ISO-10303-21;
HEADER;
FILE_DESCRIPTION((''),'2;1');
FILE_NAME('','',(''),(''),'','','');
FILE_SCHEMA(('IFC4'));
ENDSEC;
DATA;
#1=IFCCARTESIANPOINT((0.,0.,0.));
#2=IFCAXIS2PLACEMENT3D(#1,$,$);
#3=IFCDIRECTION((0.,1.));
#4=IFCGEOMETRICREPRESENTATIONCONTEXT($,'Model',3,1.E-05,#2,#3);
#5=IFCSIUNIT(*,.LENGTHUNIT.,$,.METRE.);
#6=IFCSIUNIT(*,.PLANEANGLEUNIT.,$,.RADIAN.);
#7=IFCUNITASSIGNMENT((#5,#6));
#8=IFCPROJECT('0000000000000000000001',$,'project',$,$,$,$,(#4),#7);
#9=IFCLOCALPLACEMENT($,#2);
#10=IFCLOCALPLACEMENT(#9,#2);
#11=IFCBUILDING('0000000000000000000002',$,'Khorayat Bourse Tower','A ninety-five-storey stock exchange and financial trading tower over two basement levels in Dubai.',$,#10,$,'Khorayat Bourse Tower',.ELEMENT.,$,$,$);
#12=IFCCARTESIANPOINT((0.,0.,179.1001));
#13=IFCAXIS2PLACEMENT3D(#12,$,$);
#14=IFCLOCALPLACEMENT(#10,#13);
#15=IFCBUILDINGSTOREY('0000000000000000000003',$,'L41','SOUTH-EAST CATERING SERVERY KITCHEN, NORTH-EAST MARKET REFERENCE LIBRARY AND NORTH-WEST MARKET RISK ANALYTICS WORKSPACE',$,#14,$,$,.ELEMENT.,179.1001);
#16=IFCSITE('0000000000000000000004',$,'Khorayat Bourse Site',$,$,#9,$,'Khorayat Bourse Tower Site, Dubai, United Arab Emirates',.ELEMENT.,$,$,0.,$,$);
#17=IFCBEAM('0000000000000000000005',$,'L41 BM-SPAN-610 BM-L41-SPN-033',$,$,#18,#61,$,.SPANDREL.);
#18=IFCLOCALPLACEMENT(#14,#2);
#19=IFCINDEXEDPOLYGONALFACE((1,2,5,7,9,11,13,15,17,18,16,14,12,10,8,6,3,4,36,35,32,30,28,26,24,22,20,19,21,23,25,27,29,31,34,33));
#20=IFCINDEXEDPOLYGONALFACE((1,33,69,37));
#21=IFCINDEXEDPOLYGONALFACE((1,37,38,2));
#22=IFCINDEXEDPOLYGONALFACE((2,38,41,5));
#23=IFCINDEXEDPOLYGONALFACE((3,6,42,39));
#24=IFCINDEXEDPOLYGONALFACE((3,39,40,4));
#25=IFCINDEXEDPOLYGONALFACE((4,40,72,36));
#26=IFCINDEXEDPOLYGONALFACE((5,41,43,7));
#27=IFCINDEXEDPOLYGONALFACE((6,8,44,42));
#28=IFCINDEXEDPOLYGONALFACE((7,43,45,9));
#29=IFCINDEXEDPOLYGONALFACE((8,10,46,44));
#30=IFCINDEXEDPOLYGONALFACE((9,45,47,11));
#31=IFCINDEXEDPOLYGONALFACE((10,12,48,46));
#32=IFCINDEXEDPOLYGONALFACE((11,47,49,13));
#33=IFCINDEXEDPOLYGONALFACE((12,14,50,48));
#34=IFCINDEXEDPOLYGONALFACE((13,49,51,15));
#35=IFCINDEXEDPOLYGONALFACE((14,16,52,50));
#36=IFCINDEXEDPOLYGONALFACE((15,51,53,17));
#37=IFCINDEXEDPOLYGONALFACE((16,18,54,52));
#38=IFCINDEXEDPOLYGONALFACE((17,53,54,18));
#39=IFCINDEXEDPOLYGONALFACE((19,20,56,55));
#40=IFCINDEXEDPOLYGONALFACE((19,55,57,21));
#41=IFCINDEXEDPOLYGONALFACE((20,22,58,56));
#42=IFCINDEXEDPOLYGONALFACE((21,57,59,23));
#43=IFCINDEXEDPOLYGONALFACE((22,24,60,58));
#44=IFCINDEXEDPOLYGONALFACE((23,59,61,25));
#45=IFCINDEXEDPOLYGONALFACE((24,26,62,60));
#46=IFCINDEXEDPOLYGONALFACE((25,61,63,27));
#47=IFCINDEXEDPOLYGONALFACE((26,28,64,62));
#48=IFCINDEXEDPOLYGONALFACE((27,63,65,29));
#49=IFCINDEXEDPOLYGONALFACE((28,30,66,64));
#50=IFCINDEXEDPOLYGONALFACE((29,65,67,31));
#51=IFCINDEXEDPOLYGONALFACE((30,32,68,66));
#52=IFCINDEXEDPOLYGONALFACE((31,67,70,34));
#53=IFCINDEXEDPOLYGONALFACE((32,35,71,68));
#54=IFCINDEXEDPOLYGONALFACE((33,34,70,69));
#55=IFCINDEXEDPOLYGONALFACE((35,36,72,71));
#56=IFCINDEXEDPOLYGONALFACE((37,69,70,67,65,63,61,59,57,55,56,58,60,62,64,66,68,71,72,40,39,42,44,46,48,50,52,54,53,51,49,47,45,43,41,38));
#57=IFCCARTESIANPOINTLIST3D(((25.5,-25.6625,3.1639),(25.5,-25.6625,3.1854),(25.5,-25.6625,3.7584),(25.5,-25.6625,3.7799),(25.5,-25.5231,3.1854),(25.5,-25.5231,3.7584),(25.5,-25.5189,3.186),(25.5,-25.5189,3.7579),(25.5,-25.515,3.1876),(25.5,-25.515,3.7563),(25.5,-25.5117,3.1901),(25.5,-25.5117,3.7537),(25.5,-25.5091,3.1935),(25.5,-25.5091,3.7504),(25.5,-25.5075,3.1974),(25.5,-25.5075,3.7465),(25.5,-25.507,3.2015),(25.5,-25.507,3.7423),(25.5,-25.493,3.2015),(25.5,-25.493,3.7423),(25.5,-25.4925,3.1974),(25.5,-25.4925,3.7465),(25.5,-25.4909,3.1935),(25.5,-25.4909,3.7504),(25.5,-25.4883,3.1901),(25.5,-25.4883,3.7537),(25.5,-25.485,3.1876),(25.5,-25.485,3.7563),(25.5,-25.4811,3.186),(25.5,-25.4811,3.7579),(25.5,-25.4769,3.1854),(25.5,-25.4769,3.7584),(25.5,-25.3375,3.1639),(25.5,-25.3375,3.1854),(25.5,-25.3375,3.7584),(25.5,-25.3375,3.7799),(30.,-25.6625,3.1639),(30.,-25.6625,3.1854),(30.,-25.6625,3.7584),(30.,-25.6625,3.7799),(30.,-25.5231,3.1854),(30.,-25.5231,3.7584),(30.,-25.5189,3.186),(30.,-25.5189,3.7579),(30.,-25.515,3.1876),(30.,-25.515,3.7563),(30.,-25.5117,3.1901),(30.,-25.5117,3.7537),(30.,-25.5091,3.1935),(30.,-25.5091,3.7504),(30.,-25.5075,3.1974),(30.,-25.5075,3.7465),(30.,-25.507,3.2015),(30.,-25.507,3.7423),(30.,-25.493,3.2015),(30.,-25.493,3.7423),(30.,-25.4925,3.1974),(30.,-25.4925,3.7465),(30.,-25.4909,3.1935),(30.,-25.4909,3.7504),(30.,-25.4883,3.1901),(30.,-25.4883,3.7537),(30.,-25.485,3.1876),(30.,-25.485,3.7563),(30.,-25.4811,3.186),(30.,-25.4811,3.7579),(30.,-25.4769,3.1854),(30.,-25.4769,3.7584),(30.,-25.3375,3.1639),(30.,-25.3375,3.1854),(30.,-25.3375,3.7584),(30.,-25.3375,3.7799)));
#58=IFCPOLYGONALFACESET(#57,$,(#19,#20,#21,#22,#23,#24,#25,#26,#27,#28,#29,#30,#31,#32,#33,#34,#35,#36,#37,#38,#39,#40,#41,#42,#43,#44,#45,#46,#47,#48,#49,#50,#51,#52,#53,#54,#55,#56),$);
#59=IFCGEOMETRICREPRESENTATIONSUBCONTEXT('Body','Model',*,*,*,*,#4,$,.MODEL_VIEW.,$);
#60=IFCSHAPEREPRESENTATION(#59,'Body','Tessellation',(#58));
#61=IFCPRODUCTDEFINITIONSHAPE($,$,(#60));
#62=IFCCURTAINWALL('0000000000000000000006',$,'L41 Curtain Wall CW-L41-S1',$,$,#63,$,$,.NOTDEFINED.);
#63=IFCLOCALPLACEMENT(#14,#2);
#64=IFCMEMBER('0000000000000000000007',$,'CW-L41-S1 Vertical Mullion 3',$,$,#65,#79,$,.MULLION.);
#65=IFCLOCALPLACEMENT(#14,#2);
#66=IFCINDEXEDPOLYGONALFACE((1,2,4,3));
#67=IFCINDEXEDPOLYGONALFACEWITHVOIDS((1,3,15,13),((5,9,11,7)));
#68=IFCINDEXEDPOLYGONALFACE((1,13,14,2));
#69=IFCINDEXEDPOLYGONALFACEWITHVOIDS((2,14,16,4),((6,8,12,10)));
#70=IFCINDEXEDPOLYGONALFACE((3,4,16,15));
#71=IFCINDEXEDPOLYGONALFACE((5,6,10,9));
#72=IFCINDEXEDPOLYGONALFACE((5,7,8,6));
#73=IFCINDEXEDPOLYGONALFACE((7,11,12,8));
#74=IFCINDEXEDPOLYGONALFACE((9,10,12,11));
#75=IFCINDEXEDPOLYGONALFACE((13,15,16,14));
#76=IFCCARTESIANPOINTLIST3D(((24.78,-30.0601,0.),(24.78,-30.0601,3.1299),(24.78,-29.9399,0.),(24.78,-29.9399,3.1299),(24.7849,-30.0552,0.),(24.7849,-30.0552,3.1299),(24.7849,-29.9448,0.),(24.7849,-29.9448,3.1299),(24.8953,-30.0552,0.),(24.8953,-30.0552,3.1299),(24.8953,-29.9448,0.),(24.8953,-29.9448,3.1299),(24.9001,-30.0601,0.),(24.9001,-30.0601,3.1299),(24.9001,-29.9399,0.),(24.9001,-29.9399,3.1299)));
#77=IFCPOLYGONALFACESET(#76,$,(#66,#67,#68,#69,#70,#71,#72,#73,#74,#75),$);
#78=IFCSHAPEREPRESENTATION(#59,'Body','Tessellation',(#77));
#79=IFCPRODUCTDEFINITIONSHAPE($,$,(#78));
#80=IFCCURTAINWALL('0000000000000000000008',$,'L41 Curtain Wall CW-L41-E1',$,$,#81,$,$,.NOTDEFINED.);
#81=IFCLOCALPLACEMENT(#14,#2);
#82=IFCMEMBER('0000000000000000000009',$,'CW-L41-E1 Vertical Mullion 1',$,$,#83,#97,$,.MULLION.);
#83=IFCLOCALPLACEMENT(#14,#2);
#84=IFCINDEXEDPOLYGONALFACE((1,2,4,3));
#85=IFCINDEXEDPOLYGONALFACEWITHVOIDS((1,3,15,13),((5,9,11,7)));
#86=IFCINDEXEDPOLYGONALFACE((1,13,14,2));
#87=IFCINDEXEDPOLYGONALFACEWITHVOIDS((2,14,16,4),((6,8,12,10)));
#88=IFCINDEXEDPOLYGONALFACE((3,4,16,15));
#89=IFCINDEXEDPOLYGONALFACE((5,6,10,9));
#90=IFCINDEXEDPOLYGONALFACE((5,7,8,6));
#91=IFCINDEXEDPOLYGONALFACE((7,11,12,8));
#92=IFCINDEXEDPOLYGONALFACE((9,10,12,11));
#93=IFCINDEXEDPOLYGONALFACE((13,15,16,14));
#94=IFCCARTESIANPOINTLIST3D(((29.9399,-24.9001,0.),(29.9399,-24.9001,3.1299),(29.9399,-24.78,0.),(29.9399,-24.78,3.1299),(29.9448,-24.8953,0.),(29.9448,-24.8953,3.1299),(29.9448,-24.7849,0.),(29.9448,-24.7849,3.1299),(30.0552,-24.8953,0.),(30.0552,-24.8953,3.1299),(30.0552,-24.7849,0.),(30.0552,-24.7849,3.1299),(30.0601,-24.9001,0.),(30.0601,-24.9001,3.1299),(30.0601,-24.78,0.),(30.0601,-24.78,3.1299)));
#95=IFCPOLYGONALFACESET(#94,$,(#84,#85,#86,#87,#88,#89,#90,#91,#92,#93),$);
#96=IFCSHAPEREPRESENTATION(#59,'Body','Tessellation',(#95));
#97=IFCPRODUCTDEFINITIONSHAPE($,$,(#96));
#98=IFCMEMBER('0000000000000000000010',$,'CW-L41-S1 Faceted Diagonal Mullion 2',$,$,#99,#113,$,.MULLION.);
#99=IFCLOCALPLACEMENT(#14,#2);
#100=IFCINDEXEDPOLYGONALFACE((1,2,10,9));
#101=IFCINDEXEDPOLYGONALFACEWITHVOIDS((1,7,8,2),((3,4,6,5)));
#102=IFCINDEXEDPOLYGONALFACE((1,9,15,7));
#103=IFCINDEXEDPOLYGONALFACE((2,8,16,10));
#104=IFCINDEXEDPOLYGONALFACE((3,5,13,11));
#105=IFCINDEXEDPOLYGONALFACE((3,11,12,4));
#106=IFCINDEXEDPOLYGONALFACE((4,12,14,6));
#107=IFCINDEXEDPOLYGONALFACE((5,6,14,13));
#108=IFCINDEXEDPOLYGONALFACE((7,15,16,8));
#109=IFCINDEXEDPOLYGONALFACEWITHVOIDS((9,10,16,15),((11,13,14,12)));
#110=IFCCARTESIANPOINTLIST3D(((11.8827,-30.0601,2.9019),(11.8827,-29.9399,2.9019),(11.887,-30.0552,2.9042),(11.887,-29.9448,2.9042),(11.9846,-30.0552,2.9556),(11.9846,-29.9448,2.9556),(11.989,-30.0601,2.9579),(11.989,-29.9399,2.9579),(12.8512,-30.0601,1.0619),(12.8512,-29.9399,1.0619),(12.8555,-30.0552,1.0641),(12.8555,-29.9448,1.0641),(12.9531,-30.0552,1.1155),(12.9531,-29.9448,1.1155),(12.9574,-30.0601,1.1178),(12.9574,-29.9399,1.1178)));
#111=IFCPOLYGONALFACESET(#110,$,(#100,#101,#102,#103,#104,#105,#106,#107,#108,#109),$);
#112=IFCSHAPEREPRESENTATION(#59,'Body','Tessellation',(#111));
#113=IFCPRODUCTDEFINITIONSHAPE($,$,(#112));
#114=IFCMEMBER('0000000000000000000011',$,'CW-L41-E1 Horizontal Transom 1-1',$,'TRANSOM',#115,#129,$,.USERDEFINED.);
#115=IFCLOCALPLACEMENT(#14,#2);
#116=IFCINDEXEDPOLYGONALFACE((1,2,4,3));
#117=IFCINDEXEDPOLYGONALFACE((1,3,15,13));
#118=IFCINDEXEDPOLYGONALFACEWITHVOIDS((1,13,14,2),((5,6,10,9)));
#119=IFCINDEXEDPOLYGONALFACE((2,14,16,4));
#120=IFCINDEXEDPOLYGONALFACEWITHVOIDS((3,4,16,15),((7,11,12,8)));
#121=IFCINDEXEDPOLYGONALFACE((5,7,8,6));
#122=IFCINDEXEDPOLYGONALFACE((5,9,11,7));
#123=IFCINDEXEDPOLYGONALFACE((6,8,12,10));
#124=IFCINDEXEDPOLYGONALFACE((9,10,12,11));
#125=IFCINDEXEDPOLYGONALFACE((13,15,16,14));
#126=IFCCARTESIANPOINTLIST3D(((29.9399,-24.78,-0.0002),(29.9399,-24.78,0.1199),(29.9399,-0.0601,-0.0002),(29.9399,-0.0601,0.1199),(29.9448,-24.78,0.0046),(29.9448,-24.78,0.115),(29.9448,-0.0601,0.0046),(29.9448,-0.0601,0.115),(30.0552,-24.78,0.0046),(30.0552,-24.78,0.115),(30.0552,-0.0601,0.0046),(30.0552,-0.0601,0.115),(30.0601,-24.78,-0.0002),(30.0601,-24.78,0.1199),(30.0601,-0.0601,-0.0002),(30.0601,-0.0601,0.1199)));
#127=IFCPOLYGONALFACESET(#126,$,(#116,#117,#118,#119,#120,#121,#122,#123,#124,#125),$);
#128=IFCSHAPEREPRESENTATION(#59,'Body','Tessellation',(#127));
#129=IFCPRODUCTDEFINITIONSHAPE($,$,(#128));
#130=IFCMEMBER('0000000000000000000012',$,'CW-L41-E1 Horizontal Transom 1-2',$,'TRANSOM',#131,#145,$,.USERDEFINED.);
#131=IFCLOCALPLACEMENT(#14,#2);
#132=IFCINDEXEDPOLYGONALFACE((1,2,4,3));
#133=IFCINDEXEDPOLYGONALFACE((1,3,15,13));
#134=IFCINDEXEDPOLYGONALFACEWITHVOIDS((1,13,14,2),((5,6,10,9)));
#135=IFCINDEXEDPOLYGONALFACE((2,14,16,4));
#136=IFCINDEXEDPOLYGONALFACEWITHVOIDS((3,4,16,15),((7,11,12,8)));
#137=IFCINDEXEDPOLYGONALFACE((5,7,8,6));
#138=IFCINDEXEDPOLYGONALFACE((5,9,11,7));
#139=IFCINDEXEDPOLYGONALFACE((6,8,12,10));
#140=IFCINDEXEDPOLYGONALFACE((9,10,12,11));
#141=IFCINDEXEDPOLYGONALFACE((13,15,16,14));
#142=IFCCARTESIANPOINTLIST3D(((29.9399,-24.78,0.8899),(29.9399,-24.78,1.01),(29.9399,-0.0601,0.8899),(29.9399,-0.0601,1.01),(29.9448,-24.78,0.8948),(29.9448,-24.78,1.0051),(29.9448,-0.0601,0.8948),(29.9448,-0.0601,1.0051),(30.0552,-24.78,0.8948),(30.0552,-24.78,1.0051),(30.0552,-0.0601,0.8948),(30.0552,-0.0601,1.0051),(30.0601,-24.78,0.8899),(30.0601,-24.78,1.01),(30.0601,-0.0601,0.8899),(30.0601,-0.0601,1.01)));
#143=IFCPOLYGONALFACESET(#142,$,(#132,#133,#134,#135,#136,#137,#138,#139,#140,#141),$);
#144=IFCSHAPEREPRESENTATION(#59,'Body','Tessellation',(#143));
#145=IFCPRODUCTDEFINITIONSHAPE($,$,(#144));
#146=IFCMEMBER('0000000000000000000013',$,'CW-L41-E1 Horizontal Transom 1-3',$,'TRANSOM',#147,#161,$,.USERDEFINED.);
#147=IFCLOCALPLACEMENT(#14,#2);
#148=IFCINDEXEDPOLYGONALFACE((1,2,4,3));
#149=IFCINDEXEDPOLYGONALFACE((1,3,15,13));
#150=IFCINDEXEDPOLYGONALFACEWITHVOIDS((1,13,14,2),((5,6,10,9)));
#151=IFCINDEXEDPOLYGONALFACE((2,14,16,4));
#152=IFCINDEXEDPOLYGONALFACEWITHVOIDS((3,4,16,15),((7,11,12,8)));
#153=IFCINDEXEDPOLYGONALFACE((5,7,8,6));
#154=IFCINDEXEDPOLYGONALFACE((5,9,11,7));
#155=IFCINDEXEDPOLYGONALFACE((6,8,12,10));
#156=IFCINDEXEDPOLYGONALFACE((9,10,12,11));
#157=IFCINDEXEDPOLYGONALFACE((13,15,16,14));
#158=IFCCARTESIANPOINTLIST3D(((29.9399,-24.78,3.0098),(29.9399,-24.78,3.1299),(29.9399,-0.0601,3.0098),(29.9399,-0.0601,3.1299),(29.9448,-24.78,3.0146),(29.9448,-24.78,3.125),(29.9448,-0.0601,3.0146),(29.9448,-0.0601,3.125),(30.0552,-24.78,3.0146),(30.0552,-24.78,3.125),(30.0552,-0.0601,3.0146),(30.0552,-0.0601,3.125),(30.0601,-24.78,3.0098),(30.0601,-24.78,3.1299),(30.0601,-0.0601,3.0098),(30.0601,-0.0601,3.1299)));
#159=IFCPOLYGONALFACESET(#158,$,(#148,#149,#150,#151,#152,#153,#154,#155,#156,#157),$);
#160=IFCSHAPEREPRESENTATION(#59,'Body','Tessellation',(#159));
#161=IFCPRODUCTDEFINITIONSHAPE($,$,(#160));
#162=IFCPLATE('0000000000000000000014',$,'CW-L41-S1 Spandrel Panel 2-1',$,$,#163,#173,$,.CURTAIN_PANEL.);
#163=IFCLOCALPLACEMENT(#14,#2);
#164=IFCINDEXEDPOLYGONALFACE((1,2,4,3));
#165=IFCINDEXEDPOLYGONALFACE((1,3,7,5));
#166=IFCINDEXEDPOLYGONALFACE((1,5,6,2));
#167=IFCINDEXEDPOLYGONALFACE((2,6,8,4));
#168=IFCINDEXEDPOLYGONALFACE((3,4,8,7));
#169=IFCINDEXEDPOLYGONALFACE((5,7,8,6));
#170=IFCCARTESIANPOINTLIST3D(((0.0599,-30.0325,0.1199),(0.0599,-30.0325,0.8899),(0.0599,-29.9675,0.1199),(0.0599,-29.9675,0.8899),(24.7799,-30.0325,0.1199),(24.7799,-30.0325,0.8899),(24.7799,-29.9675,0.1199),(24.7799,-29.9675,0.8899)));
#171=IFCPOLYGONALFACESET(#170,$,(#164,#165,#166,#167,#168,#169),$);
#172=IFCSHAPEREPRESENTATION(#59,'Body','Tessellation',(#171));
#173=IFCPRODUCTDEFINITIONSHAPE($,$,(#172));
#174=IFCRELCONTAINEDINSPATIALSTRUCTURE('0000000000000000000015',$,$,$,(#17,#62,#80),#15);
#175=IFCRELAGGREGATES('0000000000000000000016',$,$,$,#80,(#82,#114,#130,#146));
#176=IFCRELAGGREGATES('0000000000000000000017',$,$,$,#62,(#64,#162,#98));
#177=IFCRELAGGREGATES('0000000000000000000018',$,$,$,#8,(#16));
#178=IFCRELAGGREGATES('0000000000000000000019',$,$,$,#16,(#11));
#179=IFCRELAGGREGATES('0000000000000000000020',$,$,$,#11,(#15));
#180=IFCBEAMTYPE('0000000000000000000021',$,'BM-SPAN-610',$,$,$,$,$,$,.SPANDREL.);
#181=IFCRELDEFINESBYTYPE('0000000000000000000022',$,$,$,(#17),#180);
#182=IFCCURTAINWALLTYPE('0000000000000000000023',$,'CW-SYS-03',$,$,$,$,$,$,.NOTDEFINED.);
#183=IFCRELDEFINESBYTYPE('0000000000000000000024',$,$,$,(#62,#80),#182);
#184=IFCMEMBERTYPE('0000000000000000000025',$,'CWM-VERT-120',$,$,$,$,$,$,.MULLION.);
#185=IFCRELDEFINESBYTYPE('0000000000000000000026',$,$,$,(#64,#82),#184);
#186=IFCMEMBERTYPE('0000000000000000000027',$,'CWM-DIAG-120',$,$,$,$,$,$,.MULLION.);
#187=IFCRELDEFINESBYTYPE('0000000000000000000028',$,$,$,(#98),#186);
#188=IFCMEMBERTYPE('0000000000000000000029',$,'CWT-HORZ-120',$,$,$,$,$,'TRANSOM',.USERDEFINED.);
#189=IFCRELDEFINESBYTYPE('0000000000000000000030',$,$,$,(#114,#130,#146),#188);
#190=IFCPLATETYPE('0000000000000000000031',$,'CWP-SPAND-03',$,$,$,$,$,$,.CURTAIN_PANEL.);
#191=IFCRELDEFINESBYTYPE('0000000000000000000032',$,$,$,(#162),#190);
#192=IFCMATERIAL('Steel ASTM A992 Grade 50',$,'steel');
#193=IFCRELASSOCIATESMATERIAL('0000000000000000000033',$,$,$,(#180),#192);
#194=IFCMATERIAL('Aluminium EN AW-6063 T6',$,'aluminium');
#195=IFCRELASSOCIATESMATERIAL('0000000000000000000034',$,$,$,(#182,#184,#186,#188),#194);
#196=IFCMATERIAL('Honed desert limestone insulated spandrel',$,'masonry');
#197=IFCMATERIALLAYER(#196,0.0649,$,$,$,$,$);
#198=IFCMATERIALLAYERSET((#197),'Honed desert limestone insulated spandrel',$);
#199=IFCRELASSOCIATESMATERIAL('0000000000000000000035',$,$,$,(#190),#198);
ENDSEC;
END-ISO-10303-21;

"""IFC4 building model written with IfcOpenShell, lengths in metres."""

from ifc_helpers import new_model, si_unit, direction, frame, origin, origin_2d, place, context, subcontext, project, spatial, rectangle, hollow_rectangle, i_section, extrude, source, transform, mapped, material, layer, layer_set, material_profile, profile_set, type_object, element, aggregate, save


model = new_model("IFC4")

# Units and contexts
model_context = context("Model", 3, precision=1e-05, world=origin(), true_north=direction((0.0, 1.0)))
body_context = subcontext(model_context, "Body", "Model", "MODEL_VIEW")
ifc_project = project(units=[si_unit("LENGTHUNIT", "METRE"), si_unit("PLANEANGLEUNIT", "RADIAN")], contexts=[model_context])

# Site, building, storey
site_placement = place(None, origin())
site = spatial("IfcSite", under=ifc_project, at=site_placement, Name="Khorayat Bourse Site", LongName="Khorayat Bourse Tower Site, Dubai, United Arab Emirates", CompositionType="ELEMENT", RefElevation=0.0)
building_placement = place(site_placement, origin())
building = spatial("IfcBuilding", under=site, at=building_placement, Name="Khorayat Bourse Tower", Description="A ninety-five-storey stock exchange and financial trading tower over two basement levels in Dubai.", LongName="Khorayat Bourse Tower", CompositionType="ELEMENT")
storey_placement = place(building_placement, frame((0.0, 0.0, 179.1001)))
storey = spatial("IfcBuildingStorey", under=building, at=storey_placement, Name="L41", Description="SOUTH-EAST CATERING SERVERY KITCHEN, NORTH-EAST MARKET REFERENCE LIBRARY AND NORTH-WEST MARKET RISK ANALYTICS WORKSPACE", CompositionType="ELEMENT", Elevation=179.1001)

# Beam
ifc_material_1 = material(Name="Steel ASTM A992 Grade 50", Category="steel")
ifc_material_profile_1 = material_profile(ifc_material_1, i_section(OverallWidth=0.325, OverallDepth=0.616, WebThickness=0.0139, FlangeThickness=0.0215, FilletRadius=0.0161, at=origin_2d()), Name="W610X174")
ifc_profile_set_1 = profile_set([ifc_material_profile_1], Name="Steel ASTM A992 Grade 50")
beam_type_1 = type_object("IfcBeamType", Name="BM-SPAN-610", PredefinedType="SPANDREL", material=ifc_profile_set_1)
shared_shape_1 = source(origin(), body_context, "Body", "SweptSolid", [
    extrude(i_section(OverallWidth=0.325, OverallDepth=0.616, WebThickness=0.0139, FlangeThickness=0.0215, FilletRadius=0.0161, at=origin_2d()), origin(), (0.0, 0.0, 1.0), 4.5),
])
for number, where, z_axis, x_axis, name in (
    (1, (25.5, -25.5, 3.4719), (1.0, 0.0, 0.0), (0.0, 1.0, 0.0), "L41 BM-SPAN-610 BM-L41-SPN-033"),
):
    element("IfcBeam", number, at=place(storey_placement, frame(where, z_axis=z_axis, x_axis=x_axis)), inside=storey, type_object=beam_type_1, Name=name, PredefinedType="SPANDREL", context=body_context, shape_type="MappedRepresentation", body=[
        mapped(shared_shape_1, transform((0.0, 0.0, 0.0), scale=1.0)),
    ])

# Curtain walls, members
ifc_material_2 = material(Name="Aluminium EN AW-6063 T6", Category="aluminium")
curtain_wall_type = type_object("IfcCurtainWallType", Name="CW-SYS-03", PredefinedType="NOTDEFINED", material=ifc_material_2)
curtain_wall_1_placement = place(storey_placement, origin())
curtain_wall_1 = element("IfcCurtainWall", 2, at=curtain_wall_1_placement, inside=storey, type_object=curtain_wall_type, Name="L41 Curtain Wall CW-L41-S1", PredefinedType="NOTDEFINED")
ifc_material_profile_2 = material_profile(ifc_material_2, hollow_rectangle(XDim=0.1201, YDim=0.1201, WallThickness=0.0049, at=origin_2d()), Name="ALU 120x120x5")
ifc_profile_set_2 = profile_set([ifc_material_profile_2], Name="Aluminium EN AW-6063 T6")
member_type_1 = type_object("IfcMemberType", Name="CWM-VERT-120", PredefinedType="MULLION", material=ifc_profile_set_2)
shared_shape_2 = source(origin(), body_context, "Body", "SweptSolid", [
    extrude(hollow_rectangle(XDim=0.1201, YDim=0.1201, WallThickness=0.0049, at=origin_2d()), origin(), (0.0, 0.0, 1.0), 3.1299),
])
member_1_placement = place(storey_placement, frame((24.8401, -30.0, 0.0), z_axis=(0.0, 0.0, 1.0), x_axis=(0.0, 1.0, 0.0)))
member_1 = element("IfcMember", 3, at=member_1_placement, type_object=member_type_1, Name="CW-L41-S1 Vertical Mullion 3", PredefinedType="MULLION", context=body_context, shape_type="MappedRepresentation", body=[
    mapped(shared_shape_2, transform((0.0, 0.0, 0.0), scale=1.0)),
])
curtain_wall_2_placement = place(storey_placement, origin())
curtain_wall_2 = element("IfcCurtainWall", 4, at=curtain_wall_2_placement, inside=storey, type_object=curtain_wall_type, Name="L41 Curtain Wall CW-L41-E1", PredefinedType="NOTDEFINED")
member_2_placement = place(storey_placement, frame((30.0, -24.8401, 0.0), z_axis=(0.0, 0.0, 1.0), x_axis=(-1.0, 0.0, 0.0)))
member_2 = element("IfcMember", 5, at=member_2_placement, type_object=member_type_1, Name="CW-L41-E1 Vertical Mullion 1", PredefinedType="MULLION", context=body_context, shape_type="MappedRepresentation", body=[
    mapped(shared_shape_2, transform((0.0, 0.0, 0.0), scale=1.0)),
])

# Members
ifc_material_profile_3 = material_profile(ifc_material_2, hollow_rectangle(XDim=0.1201, YDim=0.1201, WallThickness=0.0049, at=origin_2d()), Name="ALU 120x120x5")
ifc_profile_set_3 = profile_set([ifc_material_profile_3], Name="Aluminium EN AW-6063 T6")
member_type_2 = type_object("IfcMemberType", Name="CWM-DIAG-120", PredefinedType="MULLION", material=ifc_profile_set_3)
shared_shape_3 = source(origin(), body_context, "Body", "SweptSolid", [
    extrude(hollow_rectangle(XDim=0.1201, YDim=0.1201, WallThickness=0.0049, at=origin_2d()), origin(), (0.0, 0.0, 1.0), 2.0793),
])
member_3_placement = place(storey_placement, frame((12.9043, -30.0, 1.0898), z_axis=(-0.465761, 0.0, 0.884911), x_axis=(0.0, -1.0, 0.0)))
member_3 = element("IfcMember", 6, at=member_3_placement, type_object=member_type_2, Name="CW-L41-S1 Faceted Diagonal Mullion 2", PredefinedType="MULLION", context=body_context, shape_type="MappedRepresentation", body=[
    mapped(shared_shape_3, transform((0.0, 0.0, 0.0), scale=1.0)),
])
ifc_material_profile_4 = material_profile(ifc_material_2, hollow_rectangle(XDim=0.1201, YDim=0.1201, WallThickness=0.0049, at=origin_2d()), Name="ALU 120x120x5")
ifc_profile_set_4 = profile_set([ifc_material_profile_4], Name="Aluminium EN AW-6063 T6")
member_type_3 = type_object("IfcMemberType", Name="CWT-HORZ-120", ElementType="TRANSOM", PredefinedType="USERDEFINED", material=ifc_profile_set_4)
shared_shape_4 = source(origin(), body_context, "Body", "SweptSolid", [
    extrude(hollow_rectangle(XDim=0.1201, YDim=0.1201, WallThickness=0.0049, at=origin_2d()), origin(), (0.0, 0.0, 1.0), 24.72),
])
member_4_placement = place(storey_placement, frame((30.0, -24.78, 0.0598), z_axis=(0.0, 1.0, 0.0), x_axis=(-1.0, 0.0, 0.0)))
member_4 = element("IfcMember", 7, at=member_4_placement, type_object=member_type_3, Name="CW-L41-E1 Horizontal Transom 1-1", ObjectType="TRANSOM", PredefinedType="USERDEFINED", context=body_context, shape_type="MappedRepresentation", body=[
    mapped(shared_shape_4, transform((0.0, 0.0, 0.0), scale=1.0)),
])
member_5_placement = place(storey_placement, frame((30.0, -24.78, 0.95), z_axis=(0.0, 1.0, 0.0), x_axis=(-1.0, 0.0, 0.0)))
member_5 = element("IfcMember", 8, at=member_5_placement, type_object=member_type_3, Name="CW-L41-E1 Horizontal Transom 1-2", ObjectType="TRANSOM", PredefinedType="USERDEFINED", context=body_context, shape_type="MappedRepresentation", body=[
    mapped(shared_shape_4, transform((0.0, 0.0, 0.0), scale=1.0)),
])
member_6_placement = place(storey_placement, frame((30.0, -24.78, 3.0698), z_axis=(0.0, 1.0, 0.0), x_axis=(-1.0, 0.0, 0.0)))
member_6 = element("IfcMember", 9, at=member_6_placement, type_object=member_type_3, Name="CW-L41-E1 Horizontal Transom 1-3", ObjectType="TRANSOM", PredefinedType="USERDEFINED", context=body_context, shape_type="MappedRepresentation", body=[
    mapped(shared_shape_4, transform((0.0, 0.0, 0.0), scale=1.0)),
])
aggregate(curtain_wall_2, [member_2, member_4, member_5, member_6])

# Plate
ifc_material_3 = material(Name="Honed desert limestone insulated spandrel", Category="masonry")
ifc_layer_1 = layer(ifc_material_3, 0.0649)
ifc_layer_set_1 = layer_set([ifc_layer_1], Name="Honed desert limestone insulated spandrel")
plate_type_1 = type_object("IfcPlateType", Name="CWP-SPAND-03", PredefinedType="CURTAIN_PANEL", material=ifc_layer_set_1)
shared_shape_5 = source(origin(), body_context, "Body", "SweptSolid", [
    extrude(rectangle(XDim=24.72, YDim=0.0649, at=origin_2d()), origin(), (0.0, 0.0, 1.0), 0.77),
])
plate_1_placement = place(storey_placement, frame((12.4199, -30.0, 0.1199), z_axis=(0.0, 0.0, 1.0), x_axis=(1.0, 0.0, 0.0)))
plate_1 = element("IfcPlate", 10, at=plate_1_placement, type_object=plate_type_1, Name="CW-L41-S1 Spandrel Panel 2-1", PredefinedType="CURTAIN_PANEL", context=body_context, shape_type="MappedRepresentation", body=[
    mapped(shared_shape_5, transform((0.0, 0.0, 0.0), scale=1.0)),
])
aggregate(curtain_wall_1, [member_1, plate_1, member_3])

save(model, "model.ifc")
